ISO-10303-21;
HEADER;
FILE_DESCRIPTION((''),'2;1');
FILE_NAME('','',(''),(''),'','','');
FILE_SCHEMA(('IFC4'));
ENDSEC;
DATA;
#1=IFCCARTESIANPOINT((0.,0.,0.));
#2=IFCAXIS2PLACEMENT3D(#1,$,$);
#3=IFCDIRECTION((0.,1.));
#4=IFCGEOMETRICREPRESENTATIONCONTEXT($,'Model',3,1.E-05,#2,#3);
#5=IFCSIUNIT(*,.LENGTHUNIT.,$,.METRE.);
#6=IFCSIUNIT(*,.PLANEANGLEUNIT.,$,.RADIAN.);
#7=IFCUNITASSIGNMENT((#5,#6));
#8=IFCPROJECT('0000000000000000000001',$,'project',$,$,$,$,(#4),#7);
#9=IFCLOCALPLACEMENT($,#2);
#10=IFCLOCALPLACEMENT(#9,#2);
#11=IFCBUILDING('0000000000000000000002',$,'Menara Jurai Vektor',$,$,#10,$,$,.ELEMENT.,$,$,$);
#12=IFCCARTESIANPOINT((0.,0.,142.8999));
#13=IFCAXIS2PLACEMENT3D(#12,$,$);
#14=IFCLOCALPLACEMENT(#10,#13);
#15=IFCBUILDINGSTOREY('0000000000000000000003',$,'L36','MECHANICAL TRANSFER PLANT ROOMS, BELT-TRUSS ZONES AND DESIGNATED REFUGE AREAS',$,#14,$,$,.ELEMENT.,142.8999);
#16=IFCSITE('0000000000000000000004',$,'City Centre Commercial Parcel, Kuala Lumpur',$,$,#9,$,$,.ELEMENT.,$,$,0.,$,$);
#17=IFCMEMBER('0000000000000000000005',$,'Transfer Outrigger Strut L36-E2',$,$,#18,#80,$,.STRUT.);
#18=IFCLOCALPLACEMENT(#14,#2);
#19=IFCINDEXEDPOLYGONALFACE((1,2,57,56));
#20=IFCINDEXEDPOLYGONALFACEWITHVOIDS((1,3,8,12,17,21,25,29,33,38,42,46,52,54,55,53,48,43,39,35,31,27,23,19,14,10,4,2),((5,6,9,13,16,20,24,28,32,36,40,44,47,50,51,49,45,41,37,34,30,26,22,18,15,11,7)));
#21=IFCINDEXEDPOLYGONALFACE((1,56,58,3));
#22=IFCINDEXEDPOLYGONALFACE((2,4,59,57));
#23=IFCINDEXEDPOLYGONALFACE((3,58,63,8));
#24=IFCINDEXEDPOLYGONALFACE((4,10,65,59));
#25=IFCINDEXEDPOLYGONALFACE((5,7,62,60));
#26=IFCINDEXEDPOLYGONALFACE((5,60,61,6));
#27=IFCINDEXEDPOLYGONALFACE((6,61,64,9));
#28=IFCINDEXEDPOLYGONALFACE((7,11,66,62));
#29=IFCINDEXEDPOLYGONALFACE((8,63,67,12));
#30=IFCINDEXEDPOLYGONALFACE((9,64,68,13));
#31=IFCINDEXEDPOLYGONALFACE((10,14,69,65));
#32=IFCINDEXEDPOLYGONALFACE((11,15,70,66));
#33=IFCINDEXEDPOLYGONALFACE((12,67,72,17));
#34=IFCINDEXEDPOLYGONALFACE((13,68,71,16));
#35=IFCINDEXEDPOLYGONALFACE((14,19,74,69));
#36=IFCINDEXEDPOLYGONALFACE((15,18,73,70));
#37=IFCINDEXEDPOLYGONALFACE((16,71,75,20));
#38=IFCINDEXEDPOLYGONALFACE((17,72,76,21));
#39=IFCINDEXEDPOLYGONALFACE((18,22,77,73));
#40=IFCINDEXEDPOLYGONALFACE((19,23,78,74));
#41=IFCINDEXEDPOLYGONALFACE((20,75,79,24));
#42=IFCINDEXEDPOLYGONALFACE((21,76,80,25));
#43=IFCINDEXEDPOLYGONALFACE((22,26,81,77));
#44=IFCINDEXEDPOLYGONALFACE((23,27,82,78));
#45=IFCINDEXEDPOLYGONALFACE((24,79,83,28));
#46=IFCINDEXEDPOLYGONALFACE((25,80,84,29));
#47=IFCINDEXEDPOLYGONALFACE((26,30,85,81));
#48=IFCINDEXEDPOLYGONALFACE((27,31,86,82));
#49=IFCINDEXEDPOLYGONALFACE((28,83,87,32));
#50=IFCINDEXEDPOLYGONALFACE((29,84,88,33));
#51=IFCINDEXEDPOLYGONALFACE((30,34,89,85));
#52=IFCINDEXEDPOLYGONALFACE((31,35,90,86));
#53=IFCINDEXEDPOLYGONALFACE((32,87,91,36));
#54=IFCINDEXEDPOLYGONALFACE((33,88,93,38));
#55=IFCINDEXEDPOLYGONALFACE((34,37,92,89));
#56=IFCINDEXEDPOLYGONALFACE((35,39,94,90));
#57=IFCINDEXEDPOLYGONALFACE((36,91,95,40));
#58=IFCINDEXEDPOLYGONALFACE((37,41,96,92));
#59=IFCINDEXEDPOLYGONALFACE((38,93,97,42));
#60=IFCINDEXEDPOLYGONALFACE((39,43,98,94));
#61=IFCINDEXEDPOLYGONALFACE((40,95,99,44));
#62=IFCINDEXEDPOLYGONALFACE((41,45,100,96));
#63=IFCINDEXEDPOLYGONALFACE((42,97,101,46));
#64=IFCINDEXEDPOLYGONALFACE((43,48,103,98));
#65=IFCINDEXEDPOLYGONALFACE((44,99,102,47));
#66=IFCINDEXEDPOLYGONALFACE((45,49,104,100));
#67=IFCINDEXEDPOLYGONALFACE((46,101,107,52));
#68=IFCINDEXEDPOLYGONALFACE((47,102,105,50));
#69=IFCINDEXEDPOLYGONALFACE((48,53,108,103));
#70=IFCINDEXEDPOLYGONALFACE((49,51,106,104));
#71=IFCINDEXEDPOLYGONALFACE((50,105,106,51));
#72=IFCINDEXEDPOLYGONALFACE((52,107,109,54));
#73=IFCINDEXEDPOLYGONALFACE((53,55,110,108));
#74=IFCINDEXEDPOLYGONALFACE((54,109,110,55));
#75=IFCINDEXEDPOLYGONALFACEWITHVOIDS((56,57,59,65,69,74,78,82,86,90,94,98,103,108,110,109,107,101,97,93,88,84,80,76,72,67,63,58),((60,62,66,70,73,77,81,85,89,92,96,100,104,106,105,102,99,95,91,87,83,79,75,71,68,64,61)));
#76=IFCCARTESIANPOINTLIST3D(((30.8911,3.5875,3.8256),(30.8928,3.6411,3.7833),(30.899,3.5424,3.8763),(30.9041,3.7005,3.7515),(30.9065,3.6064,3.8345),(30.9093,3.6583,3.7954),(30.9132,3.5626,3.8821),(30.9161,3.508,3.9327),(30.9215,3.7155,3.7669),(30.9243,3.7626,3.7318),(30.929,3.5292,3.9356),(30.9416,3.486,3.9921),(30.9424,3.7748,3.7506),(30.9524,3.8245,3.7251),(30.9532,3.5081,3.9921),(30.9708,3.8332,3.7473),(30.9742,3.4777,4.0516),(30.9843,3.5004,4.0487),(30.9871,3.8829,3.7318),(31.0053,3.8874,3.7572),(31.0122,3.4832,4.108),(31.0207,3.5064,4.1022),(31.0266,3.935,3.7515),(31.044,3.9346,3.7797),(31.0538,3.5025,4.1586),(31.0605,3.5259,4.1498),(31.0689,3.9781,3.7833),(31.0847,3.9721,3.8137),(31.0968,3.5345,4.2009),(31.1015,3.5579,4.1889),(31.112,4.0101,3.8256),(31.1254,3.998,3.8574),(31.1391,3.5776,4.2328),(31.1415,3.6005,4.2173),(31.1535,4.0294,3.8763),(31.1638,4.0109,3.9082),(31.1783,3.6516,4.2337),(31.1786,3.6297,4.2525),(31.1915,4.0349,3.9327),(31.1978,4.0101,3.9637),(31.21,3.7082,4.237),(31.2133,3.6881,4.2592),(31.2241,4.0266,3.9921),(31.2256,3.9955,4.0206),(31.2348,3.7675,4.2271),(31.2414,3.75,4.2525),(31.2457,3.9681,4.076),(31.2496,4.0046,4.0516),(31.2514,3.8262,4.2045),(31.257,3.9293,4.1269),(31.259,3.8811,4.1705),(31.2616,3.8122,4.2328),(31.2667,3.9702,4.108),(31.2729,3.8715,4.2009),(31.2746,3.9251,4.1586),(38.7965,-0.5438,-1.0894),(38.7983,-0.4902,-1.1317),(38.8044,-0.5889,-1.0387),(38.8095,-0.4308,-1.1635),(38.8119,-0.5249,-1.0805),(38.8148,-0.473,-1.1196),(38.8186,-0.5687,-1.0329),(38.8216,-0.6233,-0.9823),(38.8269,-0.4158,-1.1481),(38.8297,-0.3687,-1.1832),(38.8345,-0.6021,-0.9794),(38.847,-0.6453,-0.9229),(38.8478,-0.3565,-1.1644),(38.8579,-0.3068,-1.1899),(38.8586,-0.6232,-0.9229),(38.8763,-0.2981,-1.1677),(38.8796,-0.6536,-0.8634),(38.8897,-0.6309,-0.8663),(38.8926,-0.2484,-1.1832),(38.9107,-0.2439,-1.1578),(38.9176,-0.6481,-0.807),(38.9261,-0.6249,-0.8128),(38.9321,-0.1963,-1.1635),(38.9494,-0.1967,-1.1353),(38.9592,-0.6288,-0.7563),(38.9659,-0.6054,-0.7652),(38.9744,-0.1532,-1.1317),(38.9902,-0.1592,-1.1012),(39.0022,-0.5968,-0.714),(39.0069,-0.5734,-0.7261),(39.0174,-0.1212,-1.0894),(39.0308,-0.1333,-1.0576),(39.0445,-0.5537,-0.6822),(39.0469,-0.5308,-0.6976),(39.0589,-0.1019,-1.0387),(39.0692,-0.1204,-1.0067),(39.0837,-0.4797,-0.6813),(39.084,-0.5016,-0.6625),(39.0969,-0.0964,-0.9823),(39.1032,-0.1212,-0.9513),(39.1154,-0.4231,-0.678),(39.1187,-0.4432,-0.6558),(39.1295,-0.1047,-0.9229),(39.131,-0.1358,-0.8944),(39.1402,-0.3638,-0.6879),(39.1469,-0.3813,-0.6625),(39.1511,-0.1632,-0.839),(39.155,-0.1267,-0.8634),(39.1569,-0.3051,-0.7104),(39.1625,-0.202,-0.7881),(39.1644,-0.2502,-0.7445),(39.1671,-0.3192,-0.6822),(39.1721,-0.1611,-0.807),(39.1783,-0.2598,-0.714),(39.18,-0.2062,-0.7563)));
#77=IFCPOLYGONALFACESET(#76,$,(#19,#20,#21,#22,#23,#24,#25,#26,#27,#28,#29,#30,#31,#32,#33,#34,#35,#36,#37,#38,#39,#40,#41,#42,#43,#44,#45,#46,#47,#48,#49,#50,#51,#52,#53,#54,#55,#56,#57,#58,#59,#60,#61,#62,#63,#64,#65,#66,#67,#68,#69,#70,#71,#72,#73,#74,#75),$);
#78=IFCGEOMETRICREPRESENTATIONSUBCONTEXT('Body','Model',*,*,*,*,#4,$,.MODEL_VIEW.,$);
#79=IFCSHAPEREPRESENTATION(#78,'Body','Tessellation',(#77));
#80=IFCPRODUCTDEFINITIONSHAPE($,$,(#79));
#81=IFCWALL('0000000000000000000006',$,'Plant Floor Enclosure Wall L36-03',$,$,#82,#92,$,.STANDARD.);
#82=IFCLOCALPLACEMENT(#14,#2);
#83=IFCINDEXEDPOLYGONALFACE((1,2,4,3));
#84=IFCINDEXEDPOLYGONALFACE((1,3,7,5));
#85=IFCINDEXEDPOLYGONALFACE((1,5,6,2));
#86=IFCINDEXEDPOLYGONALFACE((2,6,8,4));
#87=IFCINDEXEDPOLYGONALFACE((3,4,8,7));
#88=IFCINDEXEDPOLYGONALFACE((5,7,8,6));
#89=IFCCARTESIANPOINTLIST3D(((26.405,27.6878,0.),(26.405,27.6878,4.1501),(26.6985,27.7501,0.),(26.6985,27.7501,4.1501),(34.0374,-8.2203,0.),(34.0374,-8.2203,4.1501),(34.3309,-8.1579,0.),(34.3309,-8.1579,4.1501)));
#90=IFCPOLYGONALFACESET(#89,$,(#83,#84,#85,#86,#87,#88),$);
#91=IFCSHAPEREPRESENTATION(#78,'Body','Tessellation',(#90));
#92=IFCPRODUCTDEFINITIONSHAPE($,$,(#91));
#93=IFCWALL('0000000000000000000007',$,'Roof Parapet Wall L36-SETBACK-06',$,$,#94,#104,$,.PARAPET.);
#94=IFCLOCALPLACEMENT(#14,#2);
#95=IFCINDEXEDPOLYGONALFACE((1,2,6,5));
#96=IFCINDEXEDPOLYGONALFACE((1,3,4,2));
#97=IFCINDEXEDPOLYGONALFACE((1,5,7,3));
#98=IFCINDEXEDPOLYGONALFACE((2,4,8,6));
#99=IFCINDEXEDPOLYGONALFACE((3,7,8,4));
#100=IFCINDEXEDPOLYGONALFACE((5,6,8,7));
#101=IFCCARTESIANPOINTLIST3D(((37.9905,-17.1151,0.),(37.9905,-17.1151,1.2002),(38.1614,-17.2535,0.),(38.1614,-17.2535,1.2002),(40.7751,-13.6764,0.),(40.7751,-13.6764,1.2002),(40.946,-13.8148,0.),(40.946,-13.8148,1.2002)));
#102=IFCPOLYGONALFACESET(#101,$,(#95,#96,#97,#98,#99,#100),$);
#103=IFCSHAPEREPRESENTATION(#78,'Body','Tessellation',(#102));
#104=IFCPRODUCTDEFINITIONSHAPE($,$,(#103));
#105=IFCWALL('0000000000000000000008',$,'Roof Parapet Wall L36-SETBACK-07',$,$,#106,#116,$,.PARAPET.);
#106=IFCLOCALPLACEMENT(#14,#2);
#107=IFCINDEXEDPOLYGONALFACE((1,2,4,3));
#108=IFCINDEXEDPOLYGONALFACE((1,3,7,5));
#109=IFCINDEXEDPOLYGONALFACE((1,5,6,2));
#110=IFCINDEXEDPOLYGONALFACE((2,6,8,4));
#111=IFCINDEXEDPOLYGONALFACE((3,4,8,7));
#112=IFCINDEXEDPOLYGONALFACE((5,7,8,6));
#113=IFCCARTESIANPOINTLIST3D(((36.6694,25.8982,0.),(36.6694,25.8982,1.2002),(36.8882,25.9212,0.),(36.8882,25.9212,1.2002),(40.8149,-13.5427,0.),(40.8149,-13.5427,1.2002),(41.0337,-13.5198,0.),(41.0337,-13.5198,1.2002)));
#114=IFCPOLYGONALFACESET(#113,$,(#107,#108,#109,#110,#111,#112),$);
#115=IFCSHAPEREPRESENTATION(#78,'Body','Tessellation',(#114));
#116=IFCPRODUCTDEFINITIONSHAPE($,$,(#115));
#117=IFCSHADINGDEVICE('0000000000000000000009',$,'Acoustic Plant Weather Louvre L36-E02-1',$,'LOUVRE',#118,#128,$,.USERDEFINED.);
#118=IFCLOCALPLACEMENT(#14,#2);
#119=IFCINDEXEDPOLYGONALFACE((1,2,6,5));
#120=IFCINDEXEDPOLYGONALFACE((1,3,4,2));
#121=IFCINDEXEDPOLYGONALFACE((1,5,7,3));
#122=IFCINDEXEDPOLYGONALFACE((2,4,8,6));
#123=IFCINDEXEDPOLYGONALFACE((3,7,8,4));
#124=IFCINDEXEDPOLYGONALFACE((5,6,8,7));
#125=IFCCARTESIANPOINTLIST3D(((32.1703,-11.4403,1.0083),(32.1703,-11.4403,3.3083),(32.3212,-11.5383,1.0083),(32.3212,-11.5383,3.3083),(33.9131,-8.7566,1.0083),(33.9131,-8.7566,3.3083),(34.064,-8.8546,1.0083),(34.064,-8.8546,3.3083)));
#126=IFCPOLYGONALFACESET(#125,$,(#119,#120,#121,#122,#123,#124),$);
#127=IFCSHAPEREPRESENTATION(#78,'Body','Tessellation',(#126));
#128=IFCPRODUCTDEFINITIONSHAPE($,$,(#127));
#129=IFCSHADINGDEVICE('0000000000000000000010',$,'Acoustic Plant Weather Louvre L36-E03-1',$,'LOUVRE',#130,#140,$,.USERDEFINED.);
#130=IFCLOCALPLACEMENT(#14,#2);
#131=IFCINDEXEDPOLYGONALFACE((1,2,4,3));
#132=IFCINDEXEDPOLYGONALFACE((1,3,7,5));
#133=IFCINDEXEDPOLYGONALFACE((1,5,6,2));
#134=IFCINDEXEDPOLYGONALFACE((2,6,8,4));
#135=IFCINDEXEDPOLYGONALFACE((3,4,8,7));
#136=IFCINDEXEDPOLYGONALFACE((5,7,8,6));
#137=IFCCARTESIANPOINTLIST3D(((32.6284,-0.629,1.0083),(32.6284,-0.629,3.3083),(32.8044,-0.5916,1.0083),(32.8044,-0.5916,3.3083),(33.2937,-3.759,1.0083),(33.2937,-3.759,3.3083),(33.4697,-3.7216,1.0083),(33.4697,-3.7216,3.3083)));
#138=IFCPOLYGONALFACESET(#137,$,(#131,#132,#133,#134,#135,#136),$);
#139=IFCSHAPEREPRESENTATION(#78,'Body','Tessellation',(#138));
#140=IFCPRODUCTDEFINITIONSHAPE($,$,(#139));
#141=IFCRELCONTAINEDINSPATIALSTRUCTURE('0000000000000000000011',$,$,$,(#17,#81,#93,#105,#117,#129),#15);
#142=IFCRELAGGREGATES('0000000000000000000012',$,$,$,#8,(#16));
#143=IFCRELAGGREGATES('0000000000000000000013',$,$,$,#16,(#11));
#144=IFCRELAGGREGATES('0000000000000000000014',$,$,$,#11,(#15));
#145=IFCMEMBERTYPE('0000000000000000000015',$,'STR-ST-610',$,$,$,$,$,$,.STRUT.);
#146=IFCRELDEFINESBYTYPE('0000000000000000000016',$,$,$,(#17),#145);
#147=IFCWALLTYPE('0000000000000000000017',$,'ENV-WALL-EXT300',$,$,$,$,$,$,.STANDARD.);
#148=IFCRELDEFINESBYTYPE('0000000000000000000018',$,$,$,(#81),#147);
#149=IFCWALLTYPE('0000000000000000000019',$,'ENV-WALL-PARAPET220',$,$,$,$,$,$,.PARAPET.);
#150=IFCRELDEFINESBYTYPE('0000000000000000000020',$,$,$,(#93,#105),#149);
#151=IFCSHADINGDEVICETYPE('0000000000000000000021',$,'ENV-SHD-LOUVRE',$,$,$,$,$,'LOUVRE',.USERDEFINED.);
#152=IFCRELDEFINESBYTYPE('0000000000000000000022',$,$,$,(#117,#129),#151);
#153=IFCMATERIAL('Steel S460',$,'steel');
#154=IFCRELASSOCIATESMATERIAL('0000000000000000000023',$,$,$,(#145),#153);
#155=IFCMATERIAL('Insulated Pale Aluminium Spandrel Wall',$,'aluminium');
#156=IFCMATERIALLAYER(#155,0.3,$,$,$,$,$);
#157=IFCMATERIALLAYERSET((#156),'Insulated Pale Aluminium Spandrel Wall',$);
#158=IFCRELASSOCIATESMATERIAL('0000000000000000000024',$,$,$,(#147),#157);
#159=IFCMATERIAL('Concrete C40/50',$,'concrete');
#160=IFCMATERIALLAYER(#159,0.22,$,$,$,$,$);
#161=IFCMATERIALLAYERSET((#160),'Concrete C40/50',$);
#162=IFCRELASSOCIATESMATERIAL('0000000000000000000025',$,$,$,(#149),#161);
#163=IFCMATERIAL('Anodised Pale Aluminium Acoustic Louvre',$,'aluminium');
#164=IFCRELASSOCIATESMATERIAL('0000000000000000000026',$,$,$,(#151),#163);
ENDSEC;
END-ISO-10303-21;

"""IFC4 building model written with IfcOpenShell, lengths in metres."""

from ifc_helpers import new_model, si_unit, direction, frame, frame_2d, origin, origin_2d, place, context, subcontext, project, spatial, rectangle, hollow_circle, extrude, material, layer, layer_set, material_profile, profile_set, type_object, element, save


model = new_model("IFC4")

# Units and contexts
model_context = context("Model", 3, precision=1e-05, world=origin(), true_north=direction((0.0, 1.0)))
body_context = subcontext(model_context, "Body", "Model", "MODEL_VIEW")
ifc_project = project(units=[si_unit("LENGTHUNIT", "METRE"), si_unit("PLANEANGLEUNIT", "RADIAN")], contexts=[model_context])

# Site, building, storey
site_placement = place(None, origin())
site = spatial("IfcSite", under=ifc_project, at=site_placement, Name="City Centre Commercial Parcel, Kuala Lumpur", CompositionType="ELEMENT", RefElevation=0.0)
building_placement = place(site_placement, origin())
building = spatial("IfcBuilding", under=site, at=building_placement, Name="Menara Jurai Vektor", CompositionType="ELEMENT")
storey_placement = place(building_placement, frame((0.0, 0.0, 142.8999)))
storey = spatial("IfcBuildingStorey", under=building, at=storey_placement, Name="L36", Description="MECHANICAL TRANSFER PLANT ROOMS, BELT-TRUSS ZONES AND DESIGNATED REFUGE AREAS", CompositionType="ELEMENT", Elevation=142.8999)

# Shared definitions
ifc_material_1 = material(Name="Steel S460", Category="steel")

# Member
ifc_material_profile_1 = material_profile(ifc_material_1, hollow_circle(Radius=0.3049, WallThickness=0.0249, at=origin_2d()), Name="CHS 610x25")
ifc_profile_set_1 = profile_set([ifc_material_profile_1], Name="Steel S460")
member_type_1 = type_object("IfcMemberType", Name="STR-ST-610", PredefinedType="STRUT", material=ifc_profile_set_1)
member_1_placement = place(storey_placement, frame((38.9883, -0.375, -0.9229), z_axis=(-0.776235, 0.405653, 0.482603), x_axis=(-0.463159, -0.886275, 0.0)))
element("IfcMember", 1, at=member_1_placement, inside=storey, type_object=member_type_1, Name="Transfer Outrigger Strut L36-E2", PredefinedType="STRUT", context=body_context, shape_type="SweptSolid", body=[
    extrude(hollow_circle(Radius=0.3049, WallThickness=0.0249, at=origin_2d()), origin(), (0.0, 0.0, 1.0), 10.1843),
])

# Walls
ifc_material_2 = material(Name="Insulated Pale Aluminium Spandrel Wall", Category="aluminium")
ifc_layer_1 = layer(ifc_material_2, 0.3)
ifc_layer_set_1 = layer_set([ifc_layer_1], Name="Insulated Pale Aluminium Spandrel Wall")
wall_type_1 = type_object("IfcWallType", Name="ENV-WALL-EXT300", PredefinedType="STANDARD", material=ifc_layer_set_1)
wall_1_placement = place(storey_placement, frame((34.1841, -8.189, 0.0), z_axis=(0.0, 0.0, 1.0), x_axis=(-0.207908, 0.978148, 0.0)))
element("IfcWall", 2, at=wall_1_placement, inside=storey, type_object=wall_type_1, Name="Plant Floor Enclosure Wall L36-03", PredefinedType="STANDARD", context=body_context, shape_type="SweptSolid", body=[
    extrude(rectangle(XDim=36.7102, YDim=0.3, at=frame_2d((18.355, 0.0))), origin(), (0.0, 0.0, 1.0), 4.1501),
])
ifc_material_3 = material(Name="Concrete C40/50", Category="concrete")
ifc_layer_2 = layer(ifc_material_3, 0.22)
ifc_layer_set_2 = layer_set([ifc_layer_2], Name="Concrete C40/50")
wall_type_2 = type_object("IfcWallType", Name="ENV-WALL-PARAPET220", PredefinedType="PARAPET", material=ifc_layer_set_2)
wall_2_placement = place(storey_placement, frame((38.0759, -17.1843, 0.0), z_axis=(0.0, 0.0, 1.0), x_axis=(0.629327, 0.777141, 0.0)))
element("IfcWall", 3, at=wall_2_placement, inside=storey, type_object=wall_type_2, Name="Roof Parapet Wall L36-SETBACK-06", PredefinedType="PARAPET", context=body_context, shape_type="SweptSolid", body=[
    extrude(rectangle(XDim=4.4248, YDim=0.22, at=frame_2d((2.2124, 0.0))), origin(), (0.0, 0.0, 1.0), 1.2002),
])
wall_3_placement = place(storey_placement, frame((40.9243, -13.5312, 0.0), z_axis=(0.0, 0.0, 1.0), x_axis=(-0.104531, 0.994522, 0.0)))
element("IfcWall", 4, at=wall_3_placement, inside=storey, type_object=wall_type_2, Name="Roof Parapet Wall L36-SETBACK-07", PredefinedType="PARAPET", context=body_context, shape_type="SweptSolid", body=[
    extrude(rectangle(XDim=39.6582, YDim=0.22, at=frame_2d((19.8291, 0.0))), origin(), (0.0, 0.0, 1.0), 1.2002),
])

# Shading devices
ifc_material_4 = material(Name="Anodised Pale Aluminium Acoustic Louvre", Category="aluminium")
shading_device_type = type_object("IfcShadingDeviceType", Name="ENV-SHD-LOUVRE", ElementType="LOUVRE", PredefinedType="USERDEFINED", material=ifc_material_4)
for number, where, z_axis, x_axis, name in (
    (5, (33.1172, -10.1475, 1.0083), (0.0, 0.0, 1.0), (0.544639, 0.838671, 0.0), "Acoustic Plant Weather Louvre L36-E02-1"),
    (6, (33.0491, -2.1753, 1.0083), (0.0, 0.0, 1.0), (-0.207912, 0.978148, 0.0), "Acoustic Plant Weather Louvre L36-E03-1"),
):
    element("IfcShadingDevice", number, at=place(storey_placement, frame(where, z_axis=z_axis, x_axis=x_axis)), inside=storey, type_object=shading_device_type, Name=name, ObjectType="LOUVRE", PredefinedType="USERDEFINED", context=body_context, shape_type="SweptSolid", body=[
        extrude(rectangle(XDim=3.2, YDim=0.1799, at=origin_2d()), origin(), (0.0, 0.0, 1.0), 2.3),
    ])

save(model, "model.ifc")
